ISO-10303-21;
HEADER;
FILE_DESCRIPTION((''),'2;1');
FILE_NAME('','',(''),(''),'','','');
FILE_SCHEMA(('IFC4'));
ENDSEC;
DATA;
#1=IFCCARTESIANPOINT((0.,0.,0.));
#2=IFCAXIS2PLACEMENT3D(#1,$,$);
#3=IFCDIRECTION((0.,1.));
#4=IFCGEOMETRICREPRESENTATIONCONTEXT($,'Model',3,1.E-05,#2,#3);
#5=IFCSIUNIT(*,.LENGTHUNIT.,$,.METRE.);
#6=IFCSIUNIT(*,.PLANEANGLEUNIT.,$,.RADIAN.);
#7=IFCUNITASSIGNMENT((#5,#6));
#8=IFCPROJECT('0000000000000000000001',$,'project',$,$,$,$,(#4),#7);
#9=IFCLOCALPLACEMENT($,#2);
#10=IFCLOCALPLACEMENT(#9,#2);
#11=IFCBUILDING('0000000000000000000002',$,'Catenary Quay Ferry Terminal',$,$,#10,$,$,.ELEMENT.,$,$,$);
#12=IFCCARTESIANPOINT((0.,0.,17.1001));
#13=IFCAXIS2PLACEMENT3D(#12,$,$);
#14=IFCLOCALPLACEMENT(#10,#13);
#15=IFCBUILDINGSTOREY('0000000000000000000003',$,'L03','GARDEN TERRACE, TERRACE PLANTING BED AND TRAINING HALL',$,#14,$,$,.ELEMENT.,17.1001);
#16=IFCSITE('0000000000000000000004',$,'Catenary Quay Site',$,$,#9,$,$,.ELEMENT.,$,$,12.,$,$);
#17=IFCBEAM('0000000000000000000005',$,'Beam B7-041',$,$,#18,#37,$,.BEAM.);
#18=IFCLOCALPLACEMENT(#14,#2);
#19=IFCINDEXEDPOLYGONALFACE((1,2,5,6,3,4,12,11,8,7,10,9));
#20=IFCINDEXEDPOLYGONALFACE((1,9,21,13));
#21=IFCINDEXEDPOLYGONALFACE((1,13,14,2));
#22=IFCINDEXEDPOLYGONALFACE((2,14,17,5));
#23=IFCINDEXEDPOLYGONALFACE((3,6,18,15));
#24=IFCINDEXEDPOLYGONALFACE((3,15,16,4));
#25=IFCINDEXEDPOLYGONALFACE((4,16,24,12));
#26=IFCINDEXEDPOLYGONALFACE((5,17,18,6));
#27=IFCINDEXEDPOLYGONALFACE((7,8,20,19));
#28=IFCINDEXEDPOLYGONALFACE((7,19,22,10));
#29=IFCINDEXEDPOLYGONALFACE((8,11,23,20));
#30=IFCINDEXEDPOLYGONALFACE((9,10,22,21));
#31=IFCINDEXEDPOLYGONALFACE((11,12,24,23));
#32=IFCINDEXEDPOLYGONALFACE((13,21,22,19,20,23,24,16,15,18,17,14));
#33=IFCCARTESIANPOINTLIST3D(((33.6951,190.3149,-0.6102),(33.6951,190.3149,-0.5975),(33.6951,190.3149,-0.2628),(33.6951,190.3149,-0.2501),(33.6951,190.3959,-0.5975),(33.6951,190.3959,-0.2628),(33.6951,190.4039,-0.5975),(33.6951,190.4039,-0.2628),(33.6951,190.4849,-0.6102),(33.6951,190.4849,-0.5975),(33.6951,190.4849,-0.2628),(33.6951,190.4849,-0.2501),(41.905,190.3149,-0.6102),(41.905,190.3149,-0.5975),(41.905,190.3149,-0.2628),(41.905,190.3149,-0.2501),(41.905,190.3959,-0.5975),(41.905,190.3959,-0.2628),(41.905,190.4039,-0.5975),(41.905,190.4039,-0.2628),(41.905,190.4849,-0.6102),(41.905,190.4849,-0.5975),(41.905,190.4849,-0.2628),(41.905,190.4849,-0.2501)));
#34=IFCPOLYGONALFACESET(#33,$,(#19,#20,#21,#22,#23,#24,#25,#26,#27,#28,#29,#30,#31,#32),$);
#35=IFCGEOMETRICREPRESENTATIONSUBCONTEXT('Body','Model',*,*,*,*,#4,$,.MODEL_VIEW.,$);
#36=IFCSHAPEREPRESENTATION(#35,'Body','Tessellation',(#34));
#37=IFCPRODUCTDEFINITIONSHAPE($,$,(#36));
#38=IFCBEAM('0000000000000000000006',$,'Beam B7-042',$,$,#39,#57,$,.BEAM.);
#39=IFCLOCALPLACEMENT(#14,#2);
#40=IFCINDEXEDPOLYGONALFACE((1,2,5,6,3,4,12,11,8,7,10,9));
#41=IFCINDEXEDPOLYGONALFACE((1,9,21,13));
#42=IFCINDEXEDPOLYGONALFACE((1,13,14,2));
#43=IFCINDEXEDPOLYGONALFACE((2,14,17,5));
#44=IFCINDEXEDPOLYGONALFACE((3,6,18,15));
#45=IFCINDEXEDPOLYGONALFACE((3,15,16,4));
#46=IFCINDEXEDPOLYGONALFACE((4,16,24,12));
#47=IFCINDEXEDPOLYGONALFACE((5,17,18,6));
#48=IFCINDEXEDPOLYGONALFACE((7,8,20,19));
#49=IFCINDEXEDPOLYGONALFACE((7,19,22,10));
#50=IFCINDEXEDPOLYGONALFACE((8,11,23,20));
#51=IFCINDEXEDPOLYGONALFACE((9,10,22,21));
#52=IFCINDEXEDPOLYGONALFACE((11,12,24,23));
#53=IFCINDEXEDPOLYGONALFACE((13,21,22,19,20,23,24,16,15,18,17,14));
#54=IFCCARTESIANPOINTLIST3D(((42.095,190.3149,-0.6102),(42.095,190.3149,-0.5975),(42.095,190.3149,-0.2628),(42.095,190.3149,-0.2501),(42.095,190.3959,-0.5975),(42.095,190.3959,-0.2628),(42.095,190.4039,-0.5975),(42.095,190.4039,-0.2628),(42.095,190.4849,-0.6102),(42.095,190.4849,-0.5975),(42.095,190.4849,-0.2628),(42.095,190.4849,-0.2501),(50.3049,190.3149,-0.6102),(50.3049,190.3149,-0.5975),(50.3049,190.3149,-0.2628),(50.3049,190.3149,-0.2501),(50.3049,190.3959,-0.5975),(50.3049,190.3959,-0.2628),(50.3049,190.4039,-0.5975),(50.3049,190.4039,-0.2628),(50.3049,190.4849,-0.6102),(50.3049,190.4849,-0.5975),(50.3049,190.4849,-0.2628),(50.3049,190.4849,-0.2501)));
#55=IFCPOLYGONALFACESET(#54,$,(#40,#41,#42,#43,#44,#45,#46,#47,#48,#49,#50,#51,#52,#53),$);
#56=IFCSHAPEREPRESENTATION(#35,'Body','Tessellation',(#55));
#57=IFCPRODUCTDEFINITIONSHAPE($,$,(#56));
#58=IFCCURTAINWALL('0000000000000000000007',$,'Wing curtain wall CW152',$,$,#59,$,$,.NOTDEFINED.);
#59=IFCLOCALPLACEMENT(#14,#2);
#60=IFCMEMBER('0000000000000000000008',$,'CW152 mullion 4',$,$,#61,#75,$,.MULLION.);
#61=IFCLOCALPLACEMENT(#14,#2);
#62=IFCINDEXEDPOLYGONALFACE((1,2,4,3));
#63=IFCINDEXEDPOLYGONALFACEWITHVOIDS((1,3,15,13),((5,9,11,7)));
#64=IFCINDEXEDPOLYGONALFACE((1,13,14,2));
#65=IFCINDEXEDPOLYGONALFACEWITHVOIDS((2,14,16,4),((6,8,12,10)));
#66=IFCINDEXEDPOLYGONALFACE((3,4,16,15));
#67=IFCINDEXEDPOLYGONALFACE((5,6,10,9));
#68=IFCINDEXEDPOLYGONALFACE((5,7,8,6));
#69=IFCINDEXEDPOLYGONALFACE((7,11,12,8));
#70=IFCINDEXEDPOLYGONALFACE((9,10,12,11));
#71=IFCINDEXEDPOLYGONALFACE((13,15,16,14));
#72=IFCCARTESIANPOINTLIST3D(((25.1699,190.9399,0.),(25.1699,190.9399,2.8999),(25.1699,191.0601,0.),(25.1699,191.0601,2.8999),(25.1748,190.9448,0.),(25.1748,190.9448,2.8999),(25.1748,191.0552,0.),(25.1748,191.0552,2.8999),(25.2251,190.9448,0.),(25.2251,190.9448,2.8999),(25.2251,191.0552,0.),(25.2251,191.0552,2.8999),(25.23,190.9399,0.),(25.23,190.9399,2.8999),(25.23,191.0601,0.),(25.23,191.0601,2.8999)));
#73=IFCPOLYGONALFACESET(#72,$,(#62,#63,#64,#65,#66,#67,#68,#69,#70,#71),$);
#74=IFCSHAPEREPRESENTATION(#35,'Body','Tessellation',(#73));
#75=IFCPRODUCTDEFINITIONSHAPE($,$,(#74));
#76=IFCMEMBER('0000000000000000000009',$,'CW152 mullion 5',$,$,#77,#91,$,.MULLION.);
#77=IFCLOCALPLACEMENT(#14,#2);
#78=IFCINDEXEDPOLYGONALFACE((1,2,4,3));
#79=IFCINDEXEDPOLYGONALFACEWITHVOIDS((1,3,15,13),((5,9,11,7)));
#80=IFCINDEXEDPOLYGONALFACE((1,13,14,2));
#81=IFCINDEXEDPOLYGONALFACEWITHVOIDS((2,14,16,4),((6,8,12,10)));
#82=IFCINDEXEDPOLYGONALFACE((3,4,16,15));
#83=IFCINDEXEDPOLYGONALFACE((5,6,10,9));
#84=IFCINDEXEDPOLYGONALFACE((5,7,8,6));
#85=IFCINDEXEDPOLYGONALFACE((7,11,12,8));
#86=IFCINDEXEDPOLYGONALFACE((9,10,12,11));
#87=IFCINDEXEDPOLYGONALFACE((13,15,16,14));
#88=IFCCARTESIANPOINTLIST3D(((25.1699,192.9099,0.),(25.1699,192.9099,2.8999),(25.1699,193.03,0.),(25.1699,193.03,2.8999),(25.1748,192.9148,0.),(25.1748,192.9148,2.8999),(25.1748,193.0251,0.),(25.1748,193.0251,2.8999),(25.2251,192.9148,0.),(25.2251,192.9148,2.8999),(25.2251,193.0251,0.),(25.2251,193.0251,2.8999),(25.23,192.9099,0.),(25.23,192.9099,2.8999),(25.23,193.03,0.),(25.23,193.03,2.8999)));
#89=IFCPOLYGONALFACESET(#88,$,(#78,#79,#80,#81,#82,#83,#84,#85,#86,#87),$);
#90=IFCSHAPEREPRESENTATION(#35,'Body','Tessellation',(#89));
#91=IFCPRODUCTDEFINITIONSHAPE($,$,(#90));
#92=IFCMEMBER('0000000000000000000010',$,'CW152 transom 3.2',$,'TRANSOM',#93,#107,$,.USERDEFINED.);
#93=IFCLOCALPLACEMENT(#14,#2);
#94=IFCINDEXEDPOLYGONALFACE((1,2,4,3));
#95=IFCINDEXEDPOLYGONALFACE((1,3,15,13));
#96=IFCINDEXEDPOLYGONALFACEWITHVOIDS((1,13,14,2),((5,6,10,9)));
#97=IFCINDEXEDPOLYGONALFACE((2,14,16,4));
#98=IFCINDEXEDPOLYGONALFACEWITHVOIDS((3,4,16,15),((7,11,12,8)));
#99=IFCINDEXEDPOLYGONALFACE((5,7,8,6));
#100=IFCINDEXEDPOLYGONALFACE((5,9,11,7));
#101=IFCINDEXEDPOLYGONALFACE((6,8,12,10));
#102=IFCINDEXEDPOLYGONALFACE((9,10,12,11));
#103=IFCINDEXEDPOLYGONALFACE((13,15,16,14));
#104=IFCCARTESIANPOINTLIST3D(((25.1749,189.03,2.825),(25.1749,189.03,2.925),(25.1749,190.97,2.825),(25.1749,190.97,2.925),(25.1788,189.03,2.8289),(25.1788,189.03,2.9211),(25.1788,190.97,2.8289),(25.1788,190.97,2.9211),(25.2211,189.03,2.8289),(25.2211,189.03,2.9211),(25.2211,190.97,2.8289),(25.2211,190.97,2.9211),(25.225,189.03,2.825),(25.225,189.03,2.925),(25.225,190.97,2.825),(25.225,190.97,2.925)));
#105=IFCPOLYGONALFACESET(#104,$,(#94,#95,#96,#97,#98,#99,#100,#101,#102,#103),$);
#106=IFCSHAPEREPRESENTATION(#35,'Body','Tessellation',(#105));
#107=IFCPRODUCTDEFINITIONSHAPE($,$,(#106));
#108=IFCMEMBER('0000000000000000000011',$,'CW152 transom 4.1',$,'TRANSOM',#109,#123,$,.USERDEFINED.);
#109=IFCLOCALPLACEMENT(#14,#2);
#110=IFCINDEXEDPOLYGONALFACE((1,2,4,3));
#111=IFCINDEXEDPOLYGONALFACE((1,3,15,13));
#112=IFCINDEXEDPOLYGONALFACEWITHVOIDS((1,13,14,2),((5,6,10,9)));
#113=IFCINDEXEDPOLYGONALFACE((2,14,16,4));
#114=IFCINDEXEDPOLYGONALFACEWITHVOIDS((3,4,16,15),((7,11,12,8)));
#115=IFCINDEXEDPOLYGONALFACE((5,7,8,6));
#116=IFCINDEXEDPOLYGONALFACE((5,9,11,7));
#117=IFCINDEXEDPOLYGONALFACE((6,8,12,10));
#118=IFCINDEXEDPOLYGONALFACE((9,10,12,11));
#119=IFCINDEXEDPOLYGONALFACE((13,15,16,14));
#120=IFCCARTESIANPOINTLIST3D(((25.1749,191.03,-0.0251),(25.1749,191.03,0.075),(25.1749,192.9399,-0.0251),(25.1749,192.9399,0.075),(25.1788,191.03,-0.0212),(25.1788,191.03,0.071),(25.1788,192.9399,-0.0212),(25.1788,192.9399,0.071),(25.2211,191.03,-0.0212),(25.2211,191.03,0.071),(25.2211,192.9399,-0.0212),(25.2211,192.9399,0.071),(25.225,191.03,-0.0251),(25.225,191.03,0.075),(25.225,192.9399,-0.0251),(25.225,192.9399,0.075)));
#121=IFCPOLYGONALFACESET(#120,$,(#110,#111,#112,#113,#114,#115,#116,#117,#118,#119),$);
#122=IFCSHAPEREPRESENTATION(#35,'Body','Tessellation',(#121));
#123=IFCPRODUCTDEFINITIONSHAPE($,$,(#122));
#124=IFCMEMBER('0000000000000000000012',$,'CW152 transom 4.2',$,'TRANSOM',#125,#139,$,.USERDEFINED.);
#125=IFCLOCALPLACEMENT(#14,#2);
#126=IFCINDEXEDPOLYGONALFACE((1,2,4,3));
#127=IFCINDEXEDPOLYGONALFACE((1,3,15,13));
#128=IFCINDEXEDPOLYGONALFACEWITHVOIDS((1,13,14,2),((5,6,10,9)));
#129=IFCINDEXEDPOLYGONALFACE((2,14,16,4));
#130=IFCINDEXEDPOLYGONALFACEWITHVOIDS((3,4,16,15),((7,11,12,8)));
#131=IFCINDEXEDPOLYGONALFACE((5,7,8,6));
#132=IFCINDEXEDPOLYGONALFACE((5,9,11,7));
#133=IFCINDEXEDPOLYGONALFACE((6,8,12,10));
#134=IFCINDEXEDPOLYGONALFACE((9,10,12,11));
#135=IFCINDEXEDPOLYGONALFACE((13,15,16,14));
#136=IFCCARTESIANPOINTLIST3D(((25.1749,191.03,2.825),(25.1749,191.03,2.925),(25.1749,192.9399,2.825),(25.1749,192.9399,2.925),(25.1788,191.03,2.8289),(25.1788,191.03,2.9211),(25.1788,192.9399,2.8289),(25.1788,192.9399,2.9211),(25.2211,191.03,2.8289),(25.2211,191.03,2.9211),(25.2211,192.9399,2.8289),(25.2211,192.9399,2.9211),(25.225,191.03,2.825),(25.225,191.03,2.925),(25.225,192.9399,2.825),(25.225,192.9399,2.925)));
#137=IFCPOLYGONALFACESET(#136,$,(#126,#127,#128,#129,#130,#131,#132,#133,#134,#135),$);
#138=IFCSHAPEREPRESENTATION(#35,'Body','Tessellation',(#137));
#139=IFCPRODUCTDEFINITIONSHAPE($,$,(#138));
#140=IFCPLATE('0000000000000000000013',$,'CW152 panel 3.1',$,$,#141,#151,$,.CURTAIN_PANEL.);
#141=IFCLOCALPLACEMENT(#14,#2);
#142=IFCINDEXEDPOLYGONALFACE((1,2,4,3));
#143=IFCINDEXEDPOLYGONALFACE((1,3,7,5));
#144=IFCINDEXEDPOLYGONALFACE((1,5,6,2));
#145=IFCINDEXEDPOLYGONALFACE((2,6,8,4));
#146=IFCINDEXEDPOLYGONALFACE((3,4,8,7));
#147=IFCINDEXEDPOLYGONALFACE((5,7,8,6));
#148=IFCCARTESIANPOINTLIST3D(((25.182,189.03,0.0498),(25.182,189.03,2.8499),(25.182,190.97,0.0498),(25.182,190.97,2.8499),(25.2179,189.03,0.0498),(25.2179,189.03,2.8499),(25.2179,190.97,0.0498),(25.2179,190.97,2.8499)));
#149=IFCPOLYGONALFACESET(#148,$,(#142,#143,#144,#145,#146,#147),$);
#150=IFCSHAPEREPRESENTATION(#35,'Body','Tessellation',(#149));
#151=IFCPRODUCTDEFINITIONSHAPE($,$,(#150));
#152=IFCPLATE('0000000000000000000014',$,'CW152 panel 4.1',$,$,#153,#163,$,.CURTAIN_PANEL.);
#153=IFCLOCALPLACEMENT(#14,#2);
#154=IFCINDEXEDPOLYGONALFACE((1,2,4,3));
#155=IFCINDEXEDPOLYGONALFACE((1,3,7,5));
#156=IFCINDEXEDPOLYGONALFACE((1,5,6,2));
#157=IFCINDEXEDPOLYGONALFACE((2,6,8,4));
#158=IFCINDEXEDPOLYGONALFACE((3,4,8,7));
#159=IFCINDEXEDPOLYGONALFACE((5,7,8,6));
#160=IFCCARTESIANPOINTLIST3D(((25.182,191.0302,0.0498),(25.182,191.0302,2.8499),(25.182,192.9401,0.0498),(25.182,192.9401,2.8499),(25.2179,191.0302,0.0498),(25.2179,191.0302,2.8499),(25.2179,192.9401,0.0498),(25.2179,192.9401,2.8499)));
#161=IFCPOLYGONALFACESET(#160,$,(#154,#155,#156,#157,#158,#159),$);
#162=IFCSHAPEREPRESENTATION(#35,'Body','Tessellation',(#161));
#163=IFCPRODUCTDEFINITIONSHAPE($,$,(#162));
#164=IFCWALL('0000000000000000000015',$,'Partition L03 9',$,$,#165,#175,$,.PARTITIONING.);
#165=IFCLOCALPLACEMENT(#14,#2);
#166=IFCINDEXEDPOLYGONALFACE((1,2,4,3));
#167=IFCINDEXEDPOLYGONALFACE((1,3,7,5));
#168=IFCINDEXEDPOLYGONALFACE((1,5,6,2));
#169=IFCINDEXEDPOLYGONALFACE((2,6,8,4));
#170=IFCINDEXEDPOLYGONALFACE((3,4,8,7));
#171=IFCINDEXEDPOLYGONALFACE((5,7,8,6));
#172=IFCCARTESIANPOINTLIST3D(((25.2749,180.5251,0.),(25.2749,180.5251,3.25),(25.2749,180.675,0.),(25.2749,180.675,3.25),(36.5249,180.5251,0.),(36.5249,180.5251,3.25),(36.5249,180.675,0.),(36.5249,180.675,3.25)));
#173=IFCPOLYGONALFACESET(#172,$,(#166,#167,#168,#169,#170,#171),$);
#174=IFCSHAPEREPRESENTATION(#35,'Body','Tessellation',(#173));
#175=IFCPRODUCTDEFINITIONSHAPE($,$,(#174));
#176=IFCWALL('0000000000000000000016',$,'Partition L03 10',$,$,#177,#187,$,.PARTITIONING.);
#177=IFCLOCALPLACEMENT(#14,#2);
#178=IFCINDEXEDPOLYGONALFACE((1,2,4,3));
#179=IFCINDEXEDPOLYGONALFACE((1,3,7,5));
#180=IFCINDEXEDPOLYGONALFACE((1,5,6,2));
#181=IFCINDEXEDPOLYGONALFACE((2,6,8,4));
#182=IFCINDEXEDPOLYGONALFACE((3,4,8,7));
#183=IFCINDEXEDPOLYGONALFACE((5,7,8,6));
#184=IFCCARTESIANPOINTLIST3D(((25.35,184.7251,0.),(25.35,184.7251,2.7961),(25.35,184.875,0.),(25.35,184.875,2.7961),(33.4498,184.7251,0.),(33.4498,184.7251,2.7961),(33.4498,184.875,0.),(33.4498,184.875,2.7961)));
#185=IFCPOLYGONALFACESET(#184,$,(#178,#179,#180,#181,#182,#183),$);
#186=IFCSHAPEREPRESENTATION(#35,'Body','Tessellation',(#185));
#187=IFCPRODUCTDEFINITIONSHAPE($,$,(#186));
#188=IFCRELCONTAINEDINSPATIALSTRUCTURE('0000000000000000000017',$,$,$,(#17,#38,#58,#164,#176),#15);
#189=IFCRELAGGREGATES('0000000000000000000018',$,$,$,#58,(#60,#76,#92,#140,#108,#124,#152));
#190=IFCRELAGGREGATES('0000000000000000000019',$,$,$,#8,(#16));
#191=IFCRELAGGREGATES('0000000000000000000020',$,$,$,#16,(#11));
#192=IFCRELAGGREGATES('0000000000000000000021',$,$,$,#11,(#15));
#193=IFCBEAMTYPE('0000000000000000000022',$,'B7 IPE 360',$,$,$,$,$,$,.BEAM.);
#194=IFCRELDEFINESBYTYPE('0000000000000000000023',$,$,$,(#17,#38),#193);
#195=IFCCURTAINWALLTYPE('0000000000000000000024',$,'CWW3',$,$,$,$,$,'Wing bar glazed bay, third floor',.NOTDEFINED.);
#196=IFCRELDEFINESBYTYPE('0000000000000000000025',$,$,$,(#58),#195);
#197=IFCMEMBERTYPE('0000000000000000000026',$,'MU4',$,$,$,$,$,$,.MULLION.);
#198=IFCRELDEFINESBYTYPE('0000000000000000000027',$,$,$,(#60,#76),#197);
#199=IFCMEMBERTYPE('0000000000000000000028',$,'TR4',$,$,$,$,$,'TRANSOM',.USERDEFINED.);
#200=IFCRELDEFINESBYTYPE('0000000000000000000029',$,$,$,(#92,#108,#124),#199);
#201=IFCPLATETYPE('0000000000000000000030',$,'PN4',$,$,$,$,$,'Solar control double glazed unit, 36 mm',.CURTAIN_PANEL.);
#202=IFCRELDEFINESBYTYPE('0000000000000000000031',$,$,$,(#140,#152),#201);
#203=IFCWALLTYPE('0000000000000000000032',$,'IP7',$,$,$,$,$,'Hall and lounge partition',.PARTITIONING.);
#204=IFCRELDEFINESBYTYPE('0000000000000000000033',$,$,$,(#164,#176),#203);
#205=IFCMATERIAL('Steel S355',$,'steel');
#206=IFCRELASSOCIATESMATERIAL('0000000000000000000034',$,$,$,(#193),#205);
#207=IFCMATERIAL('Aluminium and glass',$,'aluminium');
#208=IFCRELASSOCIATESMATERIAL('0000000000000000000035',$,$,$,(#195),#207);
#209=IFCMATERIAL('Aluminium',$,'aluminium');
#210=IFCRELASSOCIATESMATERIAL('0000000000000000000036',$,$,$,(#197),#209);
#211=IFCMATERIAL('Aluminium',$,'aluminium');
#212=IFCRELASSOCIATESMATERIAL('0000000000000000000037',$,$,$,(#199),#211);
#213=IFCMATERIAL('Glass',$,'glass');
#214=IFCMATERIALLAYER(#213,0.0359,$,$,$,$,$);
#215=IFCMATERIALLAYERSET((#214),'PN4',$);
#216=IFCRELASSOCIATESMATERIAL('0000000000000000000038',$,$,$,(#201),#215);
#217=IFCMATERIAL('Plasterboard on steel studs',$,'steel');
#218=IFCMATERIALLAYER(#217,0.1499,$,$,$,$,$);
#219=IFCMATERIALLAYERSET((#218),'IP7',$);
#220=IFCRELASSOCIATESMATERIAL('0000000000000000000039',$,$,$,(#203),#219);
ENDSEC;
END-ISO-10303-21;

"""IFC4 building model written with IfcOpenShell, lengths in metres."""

from ifc_helpers import new_model, si_unit, direction, frame, frame_2d, origin, origin_2d, place, context, subcontext, project, spatial, rectangle, hollow_rectangle, i_section, extrude, material, layer, layer_set, material_profile, profile_set, type_object, element, aggregate, save


model = new_model("IFC4")

# Units and contexts
model_context = context("Model", 3, precision=1e-05, world=origin(), true_north=direction((0.0, 1.0)))
body_context = subcontext(model_context, "Body", "Model", "MODEL_VIEW")
ifc_project = project(units=[si_unit("LENGTHUNIT", "METRE"), si_unit("PLANEANGLEUNIT", "RADIAN")], contexts=[model_context])

# Site, building, storey
site_placement = place(None, origin())
site = spatial("IfcSite", under=ifc_project, at=site_placement, Name="Catenary Quay Site", CompositionType="ELEMENT", RefElevation=12.0)
building_placement = place(site_placement, origin())
building = spatial("IfcBuilding", under=site, at=building_placement, Name="Catenary Quay Ferry Terminal", CompositionType="ELEMENT")
storey_placement = place(building_placement, frame((0.0, 0.0, 17.1001)))
storey = spatial("IfcBuildingStorey", under=building, at=storey_placement, Name="L03", Description="GARDEN TERRACE, TERRACE PLANTING BED AND TRAINING HALL", CompositionType="ELEMENT", Elevation=17.1001)

# Beams
ifc_material_1 = material(Name="Steel S355", Category="steel")
ifc_material_profile_1 = material_profile(ifc_material_1, i_section(OverallWidth=0.1699, OverallDepth=0.3601, WebThickness=0.0081, FlangeThickness=0.0127, at=origin_2d()), Name="IPE 360")
ifc_profile_set_1 = profile_set([ifc_material_profile_1], Name="Steel S355")
beam_type_1 = type_object("IfcBeamType", Name="B7 IPE 360", PredefinedType="BEAM", material=ifc_profile_set_1)
for number, where, z_axis, x_axis, name in (
    (1, (33.6951, 190.3999, -0.4302), (1.0, 0.0, 0.0), (0.0, 1.0, 0.0), "Beam B7-041"),
    (2, (42.095, 190.3999, -0.4302), (1.0, 0.0, 0.0), (0.0, 1.0, 0.0), "Beam B7-042"),
):
    element("IfcBeam", number, at=place(storey_placement, frame(where, z_axis=z_axis, x_axis=x_axis)), inside=storey, type_object=beam_type_1, Name=name, PredefinedType="BEAM", context=body_context, shape_type="SweptSolid", body=[
        extrude(i_section(OverallWidth=0.1699, OverallDepth=0.3601, WebThickness=0.0081, FlangeThickness=0.0127, at=origin_2d()), origin(), (0.0, 0.0, 1.0), 8.21),
    ])

# Curtain wall, members, plates
ifc_material_2 = material(Name="Aluminium and glass", Category="aluminium")
curtain_wall_type = type_object("IfcCurtainWallType", Name="CWW3", ElementType="Wing bar glazed bay, third floor", PredefinedType="NOTDEFINED", material=ifc_material_2)
curtain_wall_placement = place(storey_placement, origin())
curtain_wall = element("IfcCurtainWall", 3, at=curtain_wall_placement, inside=storey, type_object=curtain_wall_type, Name="Wing curtain wall CW152", PredefinedType="NOTDEFINED")
ifc_material_3 = material(Name="Aluminium", Category="aluminium")
ifc_material_profile_2 = material_profile(ifc_material_3, hollow_rectangle(XDim=0.0601, YDim=0.1201, WallThickness=0.0049, at=origin_2d()), Name="MU4")
ifc_profile_set_2 = profile_set([ifc_material_profile_2], Name="Aluminium")
member_type_1 = type_object("IfcMemberType", Name="MU4", PredefinedType="MULLION", material=ifc_profile_set_2)
member_1_placement = place(storey_placement, frame((25.2, 191.0, 0.0), z_axis=(0.0, 0.0, 1.0), x_axis=(-1.0, 0.0, 0.0)))
member_1 = element("IfcMember", 4, at=member_1_placement, type_object=member_type_1, Name="CW152 mullion 4", PredefinedType="MULLION", context=body_context, shape_type="SweptSolid", body=[
    extrude(hollow_rectangle(XDim=0.0601, YDim=0.1201, WallThickness=0.0049, at=origin_2d()), origin(), (0.0, 0.0, 1.0), 2.8999),
])
member_2_placement = place(storey_placement, frame((25.2, 192.97, 0.0), z_axis=(0.0, 0.0, 1.0), x_axis=(-1.0, 0.0, 0.0)))
member_2 = element("IfcMember", 5, at=member_2_placement, type_object=member_type_1, Name="CW152 mullion 5", PredefinedType="MULLION", context=body_context, shape_type="SweptSolid", body=[
    extrude(hollow_rectangle(XDim=0.0601, YDim=0.1201, WallThickness=0.0049, at=origin_2d()), origin(), (0.0, 0.0, 1.0), 2.8999),
])
ifc_material_4 = material(Name="Aluminium", Category="aluminium")
ifc_material_profile_3 = material_profile(ifc_material_4, hollow_rectangle(XDim=0.05, YDim=0.1001, WallThickness=0.0039, at=origin_2d()), Name="TR4")
ifc_profile_set_3 = profile_set([ifc_material_profile_3], Name="Aluminium")
member_type_2 = type_object("IfcMemberType", Name="TR4", ElementType="TRANSOM", PredefinedType="USERDEFINED", material=ifc_profile_set_3)
member_3_placement = place(storey_placement, frame((25.2, 189.03, 2.875), z_axis=(0.0, 1.0, 0.0), x_axis=(-1.0, 0.0, 0.0)))
member_3 = element("IfcMember", 6, at=member_3_placement, type_object=member_type_2, Name="CW152 transom 3.2", ObjectType="TRANSOM", PredefinedType="USERDEFINED", context=body_context, shape_type="SweptSolid", body=[
    extrude(hollow_rectangle(XDim=0.05, YDim=0.1001, WallThickness=0.0039, at=origin_2d()), origin(), (0.0, 0.0, 1.0), 1.9399),
])
member_4_placement = place(storey_placement, frame((25.2, 191.03, 0.0249), z_axis=(0.0, 1.0, 0.0), x_axis=(-1.0, 0.0, 0.0)))
member_4 = element("IfcMember", 7, at=member_4_placement, type_object=member_type_2, Name="CW152 transom 4.1", ObjectType="TRANSOM", PredefinedType="USERDEFINED", context=body_context, shape_type="SweptSolid", body=[
    extrude(hollow_rectangle(XDim=0.05, YDim=0.1001, WallThickness=0.0039, at=origin_2d()), origin(), (0.0, 0.0, 1.0), 1.9099),
])
member_5_placement = place(storey_placement, frame((25.2, 191.03, 2.875), z_axis=(0.0, 1.0, 0.0), x_axis=(-1.0, 0.0, 0.0)))
member_5 = element("IfcMember", 8, at=member_5_placement, type_object=member_type_2, Name="CW152 transom 4.2", ObjectType="TRANSOM", PredefinedType="USERDEFINED", context=body_context, shape_type="SweptSolid", body=[
    extrude(hollow_rectangle(XDim=0.05, YDim=0.1001, WallThickness=0.0039, at=origin_2d()), origin(), (0.0, 0.0, 1.0), 1.9099),
])
ifc_material_5 = material(Name="Glass", Category="glass")
ifc_layer_1 = layer(ifc_material_5, 0.0359)
ifc_layer_set_1 = layer_set([ifc_layer_1], Name="PN4")
plate_type = type_object("IfcPlateType", Name="PN4", ElementType="Solar control double glazed unit, 36 mm", PredefinedType="CURTAIN_PANEL", material=ifc_layer_set_1)
plate_1_placement = place(storey_placement, frame((25.2, 190.0, 0.0498), z_axis=(0.0, 0.0, 1.0), x_axis=(0.0, 1.0, 0.0)))
plate_1 = element("IfcPlate", 9, at=plate_1_placement, type_object=plate_type, Name="CW152 panel 3.1", PredefinedType="CURTAIN_PANEL", context=body_context, shape_type="SweptSolid", body=[
    extrude(rectangle(XDim=1.9399, YDim=0.0359, at=origin_2d()), origin(), (0.0, 0.0, 1.0), 2.8),
])
plate_2_placement = place(storey_placement, frame((25.2, 191.9851, 0.0498), z_axis=(0.0, 0.0, 1.0), x_axis=(0.0, 1.0, 0.0)))
plate_2 = element("IfcPlate", 10, at=plate_2_placement, type_object=plate_type, Name="CW152 panel 4.1", PredefinedType="CURTAIN_PANEL", context=body_context, shape_type="SweptSolid", body=[
    extrude(rectangle(XDim=1.9099, YDim=0.0359, at=origin_2d()), origin(), (0.0, 0.0, 1.0), 2.8),
])
aggregate(curtain_wall, [member_1, member_2, member_3, plate_1, member_4, member_5, plate_2])

# Walls
ifc_material_6 = material(Name="Plasterboard on steel studs", Category="steel")
ifc_layer_2 = layer(ifc_material_6, 0.1499)
ifc_layer_set_2 = layer_set([ifc_layer_2], Name="IP7")
wall_type = type_object("IfcWallType", Name="IP7", ElementType="Hall and lounge partition", PredefinedType="PARTITIONING", material=ifc_layer_set_2)
wall_1_placement = place(storey_placement, frame((25.2749, 180.6001, 0.0), z_axis=(0.0, 0.0, 1.0), x_axis=(1.0, 0.0, 0.0)))
element("IfcWall", 11, at=wall_1_placement, inside=storey, type_object=wall_type, Name="Partition L03 9", PredefinedType="PARTITIONING", context=body_context, shape_type="SweptSolid", body=[
    extrude(rectangle(XDim=11.25, YDim=0.1499, at=frame_2d((5.625, 0.0))), origin(), (0.0, 0.0, 1.0), 3.25),
])
wall_2_placement = place(storey_placement, frame((25.3501, 184.8, 0.0), z_axis=(0.0, 0.0, 1.0), x_axis=(1.0, 0.0, 0.0)))
element("IfcWall", 12, at=wall_2_placement, inside=storey, type_object=wall_type, Name="Partition L03 10", PredefinedType="PARTITIONING", context=body_context, shape_type="SweptSolid", body=[
    extrude(rectangle(XDim=8.0999, YDim=0.1499, at=frame_2d((4.0498, 0.0))), origin(), (0.0, 0.0, 1.0), 2.7961),
])

save(model, "model.ifc")
